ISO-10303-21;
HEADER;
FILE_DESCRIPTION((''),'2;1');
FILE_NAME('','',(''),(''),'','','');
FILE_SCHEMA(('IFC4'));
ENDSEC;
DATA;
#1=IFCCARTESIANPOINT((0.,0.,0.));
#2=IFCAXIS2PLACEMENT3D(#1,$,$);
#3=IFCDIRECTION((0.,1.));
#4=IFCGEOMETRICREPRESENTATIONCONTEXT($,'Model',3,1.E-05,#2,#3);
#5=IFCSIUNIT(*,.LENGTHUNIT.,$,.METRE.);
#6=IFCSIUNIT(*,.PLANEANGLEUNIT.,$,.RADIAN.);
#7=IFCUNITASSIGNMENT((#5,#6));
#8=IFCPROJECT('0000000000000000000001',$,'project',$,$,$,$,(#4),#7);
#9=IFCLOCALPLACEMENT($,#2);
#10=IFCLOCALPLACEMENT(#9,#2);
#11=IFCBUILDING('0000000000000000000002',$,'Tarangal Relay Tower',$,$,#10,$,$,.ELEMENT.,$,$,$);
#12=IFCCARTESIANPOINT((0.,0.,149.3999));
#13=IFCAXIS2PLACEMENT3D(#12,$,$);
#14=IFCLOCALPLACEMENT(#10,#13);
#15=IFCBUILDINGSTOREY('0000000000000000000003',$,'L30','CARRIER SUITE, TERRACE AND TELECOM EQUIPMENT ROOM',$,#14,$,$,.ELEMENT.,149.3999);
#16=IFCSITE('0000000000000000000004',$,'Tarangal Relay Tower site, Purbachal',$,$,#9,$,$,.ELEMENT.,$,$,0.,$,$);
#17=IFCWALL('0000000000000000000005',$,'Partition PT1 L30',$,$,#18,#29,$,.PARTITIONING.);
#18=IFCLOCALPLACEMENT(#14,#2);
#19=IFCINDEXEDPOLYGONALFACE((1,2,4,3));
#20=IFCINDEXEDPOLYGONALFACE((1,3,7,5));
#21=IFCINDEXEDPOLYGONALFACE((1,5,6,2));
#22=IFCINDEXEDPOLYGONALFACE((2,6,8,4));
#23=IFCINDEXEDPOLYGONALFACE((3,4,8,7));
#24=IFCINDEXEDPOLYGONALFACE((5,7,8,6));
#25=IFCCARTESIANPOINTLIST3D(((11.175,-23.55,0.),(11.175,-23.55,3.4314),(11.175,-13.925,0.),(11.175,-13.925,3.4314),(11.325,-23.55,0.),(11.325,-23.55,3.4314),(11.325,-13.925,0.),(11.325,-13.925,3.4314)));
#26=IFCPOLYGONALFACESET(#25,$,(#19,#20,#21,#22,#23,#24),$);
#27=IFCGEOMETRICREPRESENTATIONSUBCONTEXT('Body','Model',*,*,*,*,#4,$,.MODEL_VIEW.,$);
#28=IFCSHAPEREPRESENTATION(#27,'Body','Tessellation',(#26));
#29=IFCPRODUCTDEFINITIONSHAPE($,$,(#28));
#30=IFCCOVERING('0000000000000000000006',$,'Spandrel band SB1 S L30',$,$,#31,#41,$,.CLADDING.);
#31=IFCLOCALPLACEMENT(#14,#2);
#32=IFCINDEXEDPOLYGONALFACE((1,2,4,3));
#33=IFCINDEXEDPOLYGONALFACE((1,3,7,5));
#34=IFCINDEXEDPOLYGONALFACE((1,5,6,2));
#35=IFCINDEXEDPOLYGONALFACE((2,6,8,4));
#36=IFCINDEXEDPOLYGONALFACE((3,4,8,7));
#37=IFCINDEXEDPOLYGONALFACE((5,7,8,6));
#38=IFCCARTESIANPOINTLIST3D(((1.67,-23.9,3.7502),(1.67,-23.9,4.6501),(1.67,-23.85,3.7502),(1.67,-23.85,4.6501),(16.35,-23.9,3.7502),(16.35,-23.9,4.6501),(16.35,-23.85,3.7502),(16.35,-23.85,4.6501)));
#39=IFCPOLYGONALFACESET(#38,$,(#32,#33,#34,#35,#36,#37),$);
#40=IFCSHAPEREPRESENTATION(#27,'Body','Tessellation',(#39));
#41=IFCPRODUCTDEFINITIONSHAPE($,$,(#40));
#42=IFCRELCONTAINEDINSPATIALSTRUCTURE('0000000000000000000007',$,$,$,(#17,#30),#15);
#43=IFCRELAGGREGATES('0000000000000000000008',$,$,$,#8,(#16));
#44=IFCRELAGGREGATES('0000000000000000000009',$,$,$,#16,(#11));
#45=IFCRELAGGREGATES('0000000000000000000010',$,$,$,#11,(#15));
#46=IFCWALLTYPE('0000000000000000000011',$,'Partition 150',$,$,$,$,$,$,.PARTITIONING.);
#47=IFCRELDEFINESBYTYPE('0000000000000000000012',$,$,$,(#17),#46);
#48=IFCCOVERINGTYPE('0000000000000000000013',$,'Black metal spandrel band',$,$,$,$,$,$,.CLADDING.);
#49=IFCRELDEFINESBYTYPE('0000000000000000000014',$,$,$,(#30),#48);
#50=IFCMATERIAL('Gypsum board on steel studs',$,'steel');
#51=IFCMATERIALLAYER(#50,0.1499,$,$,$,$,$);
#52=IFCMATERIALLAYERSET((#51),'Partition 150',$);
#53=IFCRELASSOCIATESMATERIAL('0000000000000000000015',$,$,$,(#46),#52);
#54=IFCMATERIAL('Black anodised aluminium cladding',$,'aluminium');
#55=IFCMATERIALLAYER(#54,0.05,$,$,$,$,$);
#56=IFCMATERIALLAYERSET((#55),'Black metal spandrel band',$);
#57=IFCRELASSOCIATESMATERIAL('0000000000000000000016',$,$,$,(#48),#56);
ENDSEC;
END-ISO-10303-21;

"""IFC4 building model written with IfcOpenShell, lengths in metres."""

from ifc_helpers import new_model, si_unit, direction, frame, frame_2d, origin, origin_2d, place, context, subcontext, project, spatial, rectangle, extrude, material, layer, layer_set, type_object, element, save


model = new_model("IFC4")

# Units and contexts
model_context = context("Model", 3, precision=1e-05, world=origin(), true_north=direction((0.0, 1.0)))
body_context = subcontext(model_context, "Body", "Model", "MODEL_VIEW")
ifc_project = project(units=[si_unit("LENGTHUNIT", "METRE"), si_unit("PLANEANGLEUNIT", "RADIAN")], contexts=[model_context])

# Site, building, storey
site_placement = place(None, origin())
site = spatial("IfcSite", under=ifc_project, at=site_placement, Name="Tarangal Relay Tower site, Purbachal", CompositionType="ELEMENT", RefElevation=0.0)
building_placement = place(site_placement, origin())
building = spatial("IfcBuilding", under=site, at=building_placement, Name="Tarangal Relay Tower", CompositionType="ELEMENT")
storey_placement = place(building_placement, frame((0.0, 0.0, 149.3999)))
storey = spatial("IfcBuildingStorey", under=building, at=storey_placement, Name="L30", Description="CARRIER SUITE, TERRACE AND TELECOM EQUIPMENT ROOM", CompositionType="ELEMENT", Elevation=149.3999)

# Wall
ifc_material_1 = material(Name="Gypsum board on steel studs", Category="steel")
ifc_layer_1 = layer(ifc_material_1, 0.1499)
ifc_layer_set_1 = layer_set([ifc_layer_1], Name="Partition 150")
wall_type_1 = type_object("IfcWallType", Name="Partition 150", PredefinedType="PARTITIONING", material=ifc_layer_set_1)
wall_1_placement = place(storey_placement, frame((11.25, -23.55, 0.0), z_axis=(0.0, 0.0, 1.0), x_axis=(0.0, 1.0, 0.0)))
element("IfcWall", 1, at=wall_1_placement, inside=storey, type_object=wall_type_1, Name="Partition PT1 L30", PredefinedType="PARTITIONING", context=body_context, shape_type="SweptSolid", body=[
    extrude(rectangle(XDim=9.625, YDim=0.1499, at=frame_2d((4.8125, 0.0))), origin(), (0.0, 0.0, 1.0), 3.4314),
])

# Covering
ifc_material_2 = material(Name="Black anodised aluminium cladding", Category="aluminium")
ifc_layer_2 = layer(ifc_material_2, 0.05)
ifc_layer_set_2 = layer_set([ifc_layer_2], Name="Black metal spandrel band")
covering_type = type_object("IfcCoveringType", Name="Black metal spandrel band", PredefinedType="CLADDING", material=ifc_layer_set_2)
covering_placement = place(storey_placement, frame((9.01, -23.875, 3.7502), z_axis=(0.0, 0.0, 1.0), x_axis=(-1.0, 0.0, 0.0)))
element("IfcCovering", 2, at=covering_placement, inside=storey, type_object=covering_type, Name="Spandrel band SB1 S L30", PredefinedType="CLADDING", context=body_context, shape_type="SweptSolid", body=[
    extrude(rectangle(XDim=14.6799, YDim=0.05, at=origin_2d()), origin(), (0.0, 0.0, 1.0), 0.8999),
])

save(model, "model.ifc")
